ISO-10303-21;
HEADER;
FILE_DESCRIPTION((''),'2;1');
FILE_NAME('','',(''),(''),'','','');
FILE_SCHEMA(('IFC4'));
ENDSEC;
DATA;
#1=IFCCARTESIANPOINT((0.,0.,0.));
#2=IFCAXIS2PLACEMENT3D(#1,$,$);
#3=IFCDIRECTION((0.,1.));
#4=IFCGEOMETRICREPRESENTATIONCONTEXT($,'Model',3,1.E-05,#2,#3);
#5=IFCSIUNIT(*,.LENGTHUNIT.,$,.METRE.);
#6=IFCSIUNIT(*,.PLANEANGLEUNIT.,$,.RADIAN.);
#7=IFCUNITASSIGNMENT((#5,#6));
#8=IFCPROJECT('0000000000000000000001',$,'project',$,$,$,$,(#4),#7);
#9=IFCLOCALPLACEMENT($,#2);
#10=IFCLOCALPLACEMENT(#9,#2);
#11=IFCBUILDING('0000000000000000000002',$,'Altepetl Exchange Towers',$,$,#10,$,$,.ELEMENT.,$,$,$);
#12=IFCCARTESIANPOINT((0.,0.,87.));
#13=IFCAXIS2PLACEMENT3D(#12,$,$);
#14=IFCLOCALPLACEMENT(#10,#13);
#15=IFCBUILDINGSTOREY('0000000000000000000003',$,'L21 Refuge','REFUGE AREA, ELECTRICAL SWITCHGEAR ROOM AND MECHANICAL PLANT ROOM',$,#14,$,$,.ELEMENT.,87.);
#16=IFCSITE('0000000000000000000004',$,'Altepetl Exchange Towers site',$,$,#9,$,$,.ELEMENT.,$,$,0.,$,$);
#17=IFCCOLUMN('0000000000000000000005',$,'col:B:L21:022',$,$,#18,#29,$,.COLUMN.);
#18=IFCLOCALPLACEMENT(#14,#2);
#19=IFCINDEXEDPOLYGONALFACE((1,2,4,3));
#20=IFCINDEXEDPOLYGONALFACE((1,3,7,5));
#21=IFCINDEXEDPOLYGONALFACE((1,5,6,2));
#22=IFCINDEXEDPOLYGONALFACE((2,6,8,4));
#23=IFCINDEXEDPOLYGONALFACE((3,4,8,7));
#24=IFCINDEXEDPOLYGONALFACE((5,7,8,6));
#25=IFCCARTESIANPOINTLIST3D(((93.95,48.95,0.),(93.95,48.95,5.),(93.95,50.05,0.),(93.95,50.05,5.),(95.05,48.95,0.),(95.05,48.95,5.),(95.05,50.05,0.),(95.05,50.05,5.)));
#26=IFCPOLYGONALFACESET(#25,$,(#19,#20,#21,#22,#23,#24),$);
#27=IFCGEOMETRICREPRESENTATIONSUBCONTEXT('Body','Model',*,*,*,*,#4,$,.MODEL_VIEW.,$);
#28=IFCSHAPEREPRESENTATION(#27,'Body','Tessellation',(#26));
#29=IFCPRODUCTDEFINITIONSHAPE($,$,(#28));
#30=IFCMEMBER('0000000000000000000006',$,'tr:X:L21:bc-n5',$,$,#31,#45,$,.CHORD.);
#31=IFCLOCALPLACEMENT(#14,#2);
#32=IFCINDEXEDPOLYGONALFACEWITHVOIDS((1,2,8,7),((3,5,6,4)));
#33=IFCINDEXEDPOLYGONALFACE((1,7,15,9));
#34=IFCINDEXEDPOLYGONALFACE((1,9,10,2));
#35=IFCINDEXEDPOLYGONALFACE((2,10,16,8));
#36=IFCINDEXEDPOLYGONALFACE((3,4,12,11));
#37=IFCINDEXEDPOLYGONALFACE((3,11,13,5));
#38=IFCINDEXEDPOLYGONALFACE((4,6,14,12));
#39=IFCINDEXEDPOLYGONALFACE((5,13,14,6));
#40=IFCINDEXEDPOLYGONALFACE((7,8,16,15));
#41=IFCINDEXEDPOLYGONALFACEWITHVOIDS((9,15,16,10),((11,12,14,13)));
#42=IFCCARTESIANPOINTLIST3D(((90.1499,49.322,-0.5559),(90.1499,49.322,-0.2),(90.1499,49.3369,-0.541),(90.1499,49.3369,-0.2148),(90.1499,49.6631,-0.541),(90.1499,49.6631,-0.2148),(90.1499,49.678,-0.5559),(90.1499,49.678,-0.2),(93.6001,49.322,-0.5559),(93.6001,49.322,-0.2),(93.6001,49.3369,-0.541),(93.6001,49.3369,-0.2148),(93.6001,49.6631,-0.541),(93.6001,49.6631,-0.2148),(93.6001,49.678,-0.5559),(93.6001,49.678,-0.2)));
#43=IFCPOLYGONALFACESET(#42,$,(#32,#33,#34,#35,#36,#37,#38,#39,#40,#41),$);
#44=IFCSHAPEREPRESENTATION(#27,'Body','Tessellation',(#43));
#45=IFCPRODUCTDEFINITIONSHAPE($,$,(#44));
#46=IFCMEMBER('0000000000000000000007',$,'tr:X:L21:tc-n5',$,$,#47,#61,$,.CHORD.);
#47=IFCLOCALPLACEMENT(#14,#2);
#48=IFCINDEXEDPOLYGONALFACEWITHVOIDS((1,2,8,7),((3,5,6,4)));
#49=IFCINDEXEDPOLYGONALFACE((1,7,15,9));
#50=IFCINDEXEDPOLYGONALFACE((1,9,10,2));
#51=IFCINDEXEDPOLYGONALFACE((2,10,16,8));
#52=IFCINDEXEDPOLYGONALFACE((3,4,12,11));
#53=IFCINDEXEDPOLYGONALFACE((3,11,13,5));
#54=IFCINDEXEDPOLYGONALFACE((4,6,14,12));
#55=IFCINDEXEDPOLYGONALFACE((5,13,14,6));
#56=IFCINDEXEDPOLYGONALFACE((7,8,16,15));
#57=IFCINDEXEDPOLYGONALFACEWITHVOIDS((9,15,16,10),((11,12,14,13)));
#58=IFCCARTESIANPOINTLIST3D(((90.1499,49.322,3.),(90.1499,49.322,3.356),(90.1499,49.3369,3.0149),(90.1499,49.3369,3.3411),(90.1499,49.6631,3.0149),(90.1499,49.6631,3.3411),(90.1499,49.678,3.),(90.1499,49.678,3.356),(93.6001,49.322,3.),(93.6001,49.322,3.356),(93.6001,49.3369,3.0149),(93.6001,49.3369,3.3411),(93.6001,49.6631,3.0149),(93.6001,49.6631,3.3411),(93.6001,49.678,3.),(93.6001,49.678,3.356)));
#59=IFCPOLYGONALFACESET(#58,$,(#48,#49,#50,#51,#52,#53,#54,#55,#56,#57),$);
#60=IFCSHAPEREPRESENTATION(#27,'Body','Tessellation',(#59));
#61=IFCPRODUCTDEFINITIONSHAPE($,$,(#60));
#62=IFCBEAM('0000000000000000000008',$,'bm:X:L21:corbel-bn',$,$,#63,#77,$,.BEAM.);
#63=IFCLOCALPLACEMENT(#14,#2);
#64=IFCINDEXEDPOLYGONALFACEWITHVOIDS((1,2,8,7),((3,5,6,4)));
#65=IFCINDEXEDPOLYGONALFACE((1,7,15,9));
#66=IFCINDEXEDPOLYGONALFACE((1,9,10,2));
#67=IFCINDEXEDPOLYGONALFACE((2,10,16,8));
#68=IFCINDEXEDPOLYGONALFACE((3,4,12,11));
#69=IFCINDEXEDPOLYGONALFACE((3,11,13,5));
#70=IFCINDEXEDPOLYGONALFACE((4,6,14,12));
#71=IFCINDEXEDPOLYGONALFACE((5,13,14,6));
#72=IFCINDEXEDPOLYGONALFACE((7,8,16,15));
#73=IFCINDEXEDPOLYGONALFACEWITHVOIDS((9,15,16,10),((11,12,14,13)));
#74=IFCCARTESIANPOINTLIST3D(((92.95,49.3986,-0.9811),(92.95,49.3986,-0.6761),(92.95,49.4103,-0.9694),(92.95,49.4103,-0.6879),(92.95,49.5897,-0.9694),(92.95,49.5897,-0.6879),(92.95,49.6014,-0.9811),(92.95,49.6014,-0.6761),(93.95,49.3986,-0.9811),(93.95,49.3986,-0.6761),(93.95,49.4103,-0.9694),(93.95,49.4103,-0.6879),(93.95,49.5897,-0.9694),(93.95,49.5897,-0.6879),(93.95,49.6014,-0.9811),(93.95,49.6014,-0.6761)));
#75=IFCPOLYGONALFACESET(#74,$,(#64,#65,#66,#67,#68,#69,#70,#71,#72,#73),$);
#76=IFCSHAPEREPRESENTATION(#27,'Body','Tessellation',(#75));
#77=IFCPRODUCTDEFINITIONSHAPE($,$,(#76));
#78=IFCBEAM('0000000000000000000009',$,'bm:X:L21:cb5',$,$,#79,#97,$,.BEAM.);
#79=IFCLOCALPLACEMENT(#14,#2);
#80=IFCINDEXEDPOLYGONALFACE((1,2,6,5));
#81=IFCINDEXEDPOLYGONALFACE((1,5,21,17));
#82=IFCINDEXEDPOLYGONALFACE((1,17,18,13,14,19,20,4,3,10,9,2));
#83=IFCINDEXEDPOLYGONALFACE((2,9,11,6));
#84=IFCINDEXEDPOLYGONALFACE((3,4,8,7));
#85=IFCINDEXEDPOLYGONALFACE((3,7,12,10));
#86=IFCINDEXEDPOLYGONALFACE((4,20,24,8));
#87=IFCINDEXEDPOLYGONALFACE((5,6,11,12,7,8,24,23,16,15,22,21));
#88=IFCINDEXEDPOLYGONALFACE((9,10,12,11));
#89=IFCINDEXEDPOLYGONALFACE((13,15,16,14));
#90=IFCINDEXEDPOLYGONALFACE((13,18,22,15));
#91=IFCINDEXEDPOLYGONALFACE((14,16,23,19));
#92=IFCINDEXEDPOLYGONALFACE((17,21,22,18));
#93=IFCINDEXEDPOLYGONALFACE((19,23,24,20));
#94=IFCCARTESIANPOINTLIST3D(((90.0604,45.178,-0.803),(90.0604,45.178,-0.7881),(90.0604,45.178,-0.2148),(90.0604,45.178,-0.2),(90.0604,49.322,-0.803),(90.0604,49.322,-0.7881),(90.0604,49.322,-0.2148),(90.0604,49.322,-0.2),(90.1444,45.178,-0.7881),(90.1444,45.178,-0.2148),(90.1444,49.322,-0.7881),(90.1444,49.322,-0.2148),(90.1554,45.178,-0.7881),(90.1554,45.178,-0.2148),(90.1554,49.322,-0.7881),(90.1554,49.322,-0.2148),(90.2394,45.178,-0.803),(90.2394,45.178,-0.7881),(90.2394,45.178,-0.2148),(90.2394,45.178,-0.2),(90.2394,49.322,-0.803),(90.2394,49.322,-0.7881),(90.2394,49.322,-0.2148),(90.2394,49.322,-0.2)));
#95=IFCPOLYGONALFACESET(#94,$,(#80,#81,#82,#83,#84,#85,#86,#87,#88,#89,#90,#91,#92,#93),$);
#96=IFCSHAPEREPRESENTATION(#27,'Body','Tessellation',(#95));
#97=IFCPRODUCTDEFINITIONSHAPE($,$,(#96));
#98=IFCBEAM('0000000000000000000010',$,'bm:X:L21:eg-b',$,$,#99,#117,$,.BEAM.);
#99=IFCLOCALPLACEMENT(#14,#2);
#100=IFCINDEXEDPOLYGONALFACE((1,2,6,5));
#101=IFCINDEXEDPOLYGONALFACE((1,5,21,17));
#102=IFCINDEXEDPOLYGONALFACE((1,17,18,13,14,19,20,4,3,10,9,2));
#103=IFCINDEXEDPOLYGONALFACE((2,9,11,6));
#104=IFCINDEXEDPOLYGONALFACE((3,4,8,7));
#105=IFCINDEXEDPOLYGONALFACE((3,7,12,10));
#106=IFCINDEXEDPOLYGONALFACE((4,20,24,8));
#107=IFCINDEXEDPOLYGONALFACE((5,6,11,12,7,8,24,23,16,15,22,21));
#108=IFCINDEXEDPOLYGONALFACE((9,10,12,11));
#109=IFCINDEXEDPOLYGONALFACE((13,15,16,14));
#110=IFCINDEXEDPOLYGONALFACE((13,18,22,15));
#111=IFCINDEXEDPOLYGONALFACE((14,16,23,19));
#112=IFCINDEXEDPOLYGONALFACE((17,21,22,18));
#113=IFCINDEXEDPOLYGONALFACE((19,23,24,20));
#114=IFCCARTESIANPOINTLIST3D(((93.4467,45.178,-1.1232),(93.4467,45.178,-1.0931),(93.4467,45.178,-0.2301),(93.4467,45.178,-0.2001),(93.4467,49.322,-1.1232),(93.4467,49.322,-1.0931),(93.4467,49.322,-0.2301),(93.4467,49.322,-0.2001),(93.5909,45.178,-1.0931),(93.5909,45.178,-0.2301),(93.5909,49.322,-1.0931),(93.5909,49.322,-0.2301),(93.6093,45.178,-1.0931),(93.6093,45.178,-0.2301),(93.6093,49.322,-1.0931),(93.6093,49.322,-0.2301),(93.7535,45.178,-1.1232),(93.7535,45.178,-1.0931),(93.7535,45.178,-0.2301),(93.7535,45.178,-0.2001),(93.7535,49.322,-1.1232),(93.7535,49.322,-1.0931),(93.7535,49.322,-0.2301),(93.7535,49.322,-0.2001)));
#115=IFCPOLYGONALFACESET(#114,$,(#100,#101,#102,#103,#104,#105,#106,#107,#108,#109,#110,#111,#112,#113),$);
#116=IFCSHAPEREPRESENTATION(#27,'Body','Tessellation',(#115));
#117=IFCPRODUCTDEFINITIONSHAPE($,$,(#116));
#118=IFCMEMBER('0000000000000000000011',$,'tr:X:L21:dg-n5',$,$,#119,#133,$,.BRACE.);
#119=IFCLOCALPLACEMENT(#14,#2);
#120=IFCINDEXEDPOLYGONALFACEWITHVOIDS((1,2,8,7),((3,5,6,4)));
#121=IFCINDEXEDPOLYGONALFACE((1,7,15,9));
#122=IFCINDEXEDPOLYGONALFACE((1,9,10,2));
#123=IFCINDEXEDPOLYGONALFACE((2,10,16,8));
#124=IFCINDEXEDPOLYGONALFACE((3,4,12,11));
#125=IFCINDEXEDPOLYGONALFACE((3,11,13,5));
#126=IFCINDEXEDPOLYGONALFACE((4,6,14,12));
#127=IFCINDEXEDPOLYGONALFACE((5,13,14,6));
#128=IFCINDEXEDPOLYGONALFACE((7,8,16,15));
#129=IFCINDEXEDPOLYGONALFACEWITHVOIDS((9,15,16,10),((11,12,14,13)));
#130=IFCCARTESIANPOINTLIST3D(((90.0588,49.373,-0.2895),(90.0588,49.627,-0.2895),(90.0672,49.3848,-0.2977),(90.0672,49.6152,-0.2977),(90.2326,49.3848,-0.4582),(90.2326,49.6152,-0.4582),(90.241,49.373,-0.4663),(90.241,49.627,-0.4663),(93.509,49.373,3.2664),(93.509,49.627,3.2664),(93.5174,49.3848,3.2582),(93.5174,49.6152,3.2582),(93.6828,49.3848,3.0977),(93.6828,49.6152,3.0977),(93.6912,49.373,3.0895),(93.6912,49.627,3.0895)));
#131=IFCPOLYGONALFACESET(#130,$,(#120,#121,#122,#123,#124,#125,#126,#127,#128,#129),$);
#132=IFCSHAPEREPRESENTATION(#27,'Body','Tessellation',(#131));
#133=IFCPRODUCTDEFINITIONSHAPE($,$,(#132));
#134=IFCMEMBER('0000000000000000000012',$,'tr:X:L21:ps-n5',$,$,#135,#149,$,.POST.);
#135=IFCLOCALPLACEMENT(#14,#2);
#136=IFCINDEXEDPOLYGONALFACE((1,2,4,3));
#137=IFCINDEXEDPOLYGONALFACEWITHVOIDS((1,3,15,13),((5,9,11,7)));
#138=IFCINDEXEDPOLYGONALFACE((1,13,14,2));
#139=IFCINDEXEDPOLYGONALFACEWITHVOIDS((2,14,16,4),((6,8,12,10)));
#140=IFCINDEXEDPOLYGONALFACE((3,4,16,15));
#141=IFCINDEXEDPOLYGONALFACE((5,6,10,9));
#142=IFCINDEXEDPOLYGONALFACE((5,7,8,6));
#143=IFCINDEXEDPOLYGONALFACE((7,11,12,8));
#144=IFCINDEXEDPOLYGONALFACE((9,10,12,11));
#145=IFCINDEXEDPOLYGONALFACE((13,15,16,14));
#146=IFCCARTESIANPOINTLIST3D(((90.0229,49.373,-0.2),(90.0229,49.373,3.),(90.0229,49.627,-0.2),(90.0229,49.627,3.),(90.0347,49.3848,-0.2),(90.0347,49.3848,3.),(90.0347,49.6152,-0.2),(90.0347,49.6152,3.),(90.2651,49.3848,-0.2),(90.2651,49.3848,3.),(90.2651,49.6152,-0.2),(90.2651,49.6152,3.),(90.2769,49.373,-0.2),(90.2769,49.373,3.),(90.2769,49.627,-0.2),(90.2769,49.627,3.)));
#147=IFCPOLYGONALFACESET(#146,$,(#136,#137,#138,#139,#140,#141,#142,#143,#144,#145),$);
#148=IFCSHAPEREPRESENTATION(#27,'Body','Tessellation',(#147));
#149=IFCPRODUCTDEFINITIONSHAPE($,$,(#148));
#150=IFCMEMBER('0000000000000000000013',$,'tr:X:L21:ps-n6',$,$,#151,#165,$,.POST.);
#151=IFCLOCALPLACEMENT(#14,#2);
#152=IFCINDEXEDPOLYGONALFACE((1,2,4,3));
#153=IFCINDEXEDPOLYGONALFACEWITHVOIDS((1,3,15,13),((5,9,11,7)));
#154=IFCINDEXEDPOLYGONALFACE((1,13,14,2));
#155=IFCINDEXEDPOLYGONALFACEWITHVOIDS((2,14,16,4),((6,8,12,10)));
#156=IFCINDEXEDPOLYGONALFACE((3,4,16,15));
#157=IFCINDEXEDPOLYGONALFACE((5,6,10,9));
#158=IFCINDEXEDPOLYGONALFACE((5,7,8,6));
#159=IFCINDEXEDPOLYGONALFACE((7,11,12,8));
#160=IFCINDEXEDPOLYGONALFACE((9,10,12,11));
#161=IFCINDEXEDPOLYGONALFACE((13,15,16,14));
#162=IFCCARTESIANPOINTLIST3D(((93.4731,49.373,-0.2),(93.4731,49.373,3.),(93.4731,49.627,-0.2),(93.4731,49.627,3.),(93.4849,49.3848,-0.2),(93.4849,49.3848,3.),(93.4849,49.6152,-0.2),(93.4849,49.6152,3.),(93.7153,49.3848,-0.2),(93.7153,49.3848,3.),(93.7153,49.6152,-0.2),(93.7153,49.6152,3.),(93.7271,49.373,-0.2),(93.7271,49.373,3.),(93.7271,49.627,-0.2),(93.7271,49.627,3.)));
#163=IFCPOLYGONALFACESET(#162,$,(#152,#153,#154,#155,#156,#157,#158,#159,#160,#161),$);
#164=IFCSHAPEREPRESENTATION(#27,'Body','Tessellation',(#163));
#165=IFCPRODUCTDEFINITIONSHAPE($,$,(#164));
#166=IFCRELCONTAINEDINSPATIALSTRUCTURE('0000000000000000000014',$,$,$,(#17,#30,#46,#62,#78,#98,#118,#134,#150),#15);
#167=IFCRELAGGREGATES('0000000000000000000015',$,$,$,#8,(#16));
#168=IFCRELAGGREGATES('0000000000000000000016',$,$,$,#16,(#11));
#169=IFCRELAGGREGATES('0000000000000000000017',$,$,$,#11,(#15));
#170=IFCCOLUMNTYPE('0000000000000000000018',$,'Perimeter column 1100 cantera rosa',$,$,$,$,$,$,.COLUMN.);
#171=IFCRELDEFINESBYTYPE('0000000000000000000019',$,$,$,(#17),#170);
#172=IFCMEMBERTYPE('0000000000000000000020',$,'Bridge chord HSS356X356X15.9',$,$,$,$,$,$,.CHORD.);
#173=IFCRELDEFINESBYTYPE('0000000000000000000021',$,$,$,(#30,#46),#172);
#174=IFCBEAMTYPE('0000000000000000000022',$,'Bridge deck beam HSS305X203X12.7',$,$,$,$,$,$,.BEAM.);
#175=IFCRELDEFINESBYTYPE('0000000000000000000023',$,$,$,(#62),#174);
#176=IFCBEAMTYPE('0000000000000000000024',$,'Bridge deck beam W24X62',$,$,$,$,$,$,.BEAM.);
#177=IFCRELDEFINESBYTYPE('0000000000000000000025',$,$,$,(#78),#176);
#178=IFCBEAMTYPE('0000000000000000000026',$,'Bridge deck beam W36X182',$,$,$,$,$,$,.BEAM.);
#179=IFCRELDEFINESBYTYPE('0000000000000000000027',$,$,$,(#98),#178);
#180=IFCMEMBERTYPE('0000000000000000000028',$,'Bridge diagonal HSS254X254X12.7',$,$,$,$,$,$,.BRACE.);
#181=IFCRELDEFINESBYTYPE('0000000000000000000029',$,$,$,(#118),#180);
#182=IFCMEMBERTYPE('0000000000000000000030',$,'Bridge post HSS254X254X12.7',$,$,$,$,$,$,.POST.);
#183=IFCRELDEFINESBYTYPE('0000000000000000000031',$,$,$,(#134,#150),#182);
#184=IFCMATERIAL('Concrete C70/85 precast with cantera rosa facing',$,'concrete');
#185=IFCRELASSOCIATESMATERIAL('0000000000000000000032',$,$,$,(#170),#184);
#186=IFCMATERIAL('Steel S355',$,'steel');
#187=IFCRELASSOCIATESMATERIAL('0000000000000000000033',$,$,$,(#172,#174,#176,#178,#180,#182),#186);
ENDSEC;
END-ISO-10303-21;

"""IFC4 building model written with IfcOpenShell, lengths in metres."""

from ifc_helpers import new_model, si_unit, direction, frame, origin, origin_2d, place, context, subcontext, project, spatial, rectangle, hollow_rectangle, i_section, extrude, material, material_profile, profile_set, type_object, element, save


model = new_model("IFC4")

# Units and contexts
model_context = context("Model", 3, precision=1e-05, world=origin(), true_north=direction((0.0, 1.0)))
body_context = subcontext(model_context, "Body", "Model", "MODEL_VIEW")
ifc_project = project(units=[si_unit("LENGTHUNIT", "METRE"), si_unit("PLANEANGLEUNIT", "RADIAN")], contexts=[model_context])

# Site, building, storey
site_placement = place(None, origin())
site = spatial("IfcSite", under=ifc_project, at=site_placement, Name="Altepetl Exchange Towers site", CompositionType="ELEMENT", RefElevation=0.0)
building_placement = place(site_placement, origin())
building = spatial("IfcBuilding", under=site, at=building_placement, Name="Altepetl Exchange Towers", CompositionType="ELEMENT")
storey_placement = place(building_placement, frame((0.0, 0.0, 87.0)))
storey = spatial("IfcBuildingStorey", under=building, at=storey_placement, Name="L21 Refuge", Description="REFUGE AREA, ELECTRICAL SWITCHGEAR ROOM AND MECHANICAL PLANT ROOM", CompositionType="ELEMENT", Elevation=87.0)

# Column
ifc_material_1 = material(Name="Concrete C70/85 precast with cantera rosa facing", Category="concrete")
ifc_material_profile_1 = material_profile(ifc_material_1, rectangle(XDim=1.1001, YDim=1.1001, at=origin_2d()), Name="1100 x 1100")
ifc_profile_set_1 = profile_set([ifc_material_profile_1], Name="Concrete C70/85 precast with cantera rosa facing")
column_type = type_object("IfcColumnType", Name="Perimeter column 1100 cantera rosa", PredefinedType="COLUMN", material=ifc_profile_set_1)
column_placement = place(storey_placement, frame((94.5, 49.5, 0.0)))
element("IfcColumn", 1, at=column_placement, inside=storey, type_object=column_type, Name="col:B:L21:022", PredefinedType="COLUMN", context=body_context, shape_type="SweptSolid", body=[
    extrude(rectangle(XDim=1.1001, YDim=1.1001, at=origin_2d()), origin(), (0.0, 0.0, 1.0), 5.0),
])

# Members
ifc_material_2 = material(Name="Steel S355", Category="steel")
ifc_material_profile_2 = material_profile(ifc_material_2, hollow_rectangle(XDim=0.356, YDim=0.356, WallThickness=0.0149, at=origin_2d()), Name="HSS356X356X15.9")
ifc_profile_set_2 = profile_set([ifc_material_profile_2], Name="Steel S355")
member_type_1 = type_object("IfcMemberType", Name="Bridge chord HSS356X356X15.9", PredefinedType="CHORD", material=ifc_profile_set_2)
for number, where, z_axis, x_axis, name in (
    (2, (90.1499, 49.5, -0.3779), (1.0, 0.0, 0.0), (0.0, 1.0, 0.0), "tr:X:L21:bc-n5"),
    (3, (90.1499, 49.5, 3.178), (1.0, 0.0, 0.0), (0.0, 1.0, 0.0), "tr:X:L21:tc-n5"),
):
    element("IfcMember", number, at=place(storey_placement, frame(where, z_axis=z_axis, x_axis=x_axis)), inside=storey, type_object=member_type_1, Name=name, PredefinedType="CHORD", context=body_context, shape_type="SweptSolid", body=[
        extrude(hollow_rectangle(XDim=0.356, YDim=0.356, WallThickness=0.0149, at=origin_2d()), origin(), (0.0, 0.0, 1.0), 3.4502),
    ])

# Beams
ifc_material_profile_3 = material_profile(ifc_material_2, hollow_rectangle(XDim=0.2029, YDim=0.3049, WallThickness=0.0117, at=origin_2d()), Name="HSS305X203X12.7")
ifc_profile_set_3 = profile_set([ifc_material_profile_3], Name="Steel S355")
beam_type_1 = type_object("IfcBeamType", Name="Bridge deck beam HSS305X203X12.7", PredefinedType="BEAM", material=ifc_profile_set_3)
beam_1_placement = place(storey_placement, frame((93.95, 49.5, -0.8286), z_axis=(-1.0, 0.0, 0.0), x_axis=(0.0, -1.0, 0.0)))
element("IfcBeam", 4, at=beam_1_placement, inside=storey, type_object=beam_type_1, Name="bm:X:L21:corbel-bn", PredefinedType="BEAM", context=body_context, shape_type="SweptSolid", body=[
    extrude(hollow_rectangle(XDim=0.2029, YDim=0.3049, WallThickness=0.0117, at=origin_2d()), origin(), (0.0, 0.0, 1.0), 1.0),
])
ifc_material_profile_4 = material_profile(ifc_material_2, i_section(OverallWidth=0.179, OverallDepth=0.603, WebThickness=0.011, FlangeThickness=0.0149, at=origin_2d()), Name="W24X62")
ifc_profile_set_4 = profile_set([ifc_material_profile_4], Name="Steel S355")
beam_type_2 = type_object("IfcBeamType", Name="Bridge deck beam W24X62", PredefinedType="BEAM", material=ifc_profile_set_4)
beam_2_placement = place(storey_placement, frame((90.1499, 45.178, -0.5015), z_axis=(0.0, 1.0, 0.0), x_axis=(-1.0, 0.0, 0.0)))
element("IfcBeam", 5, at=beam_2_placement, inside=storey, type_object=beam_type_2, Name="bm:X:L21:cb5", PredefinedType="BEAM", context=body_context, shape_type="SweptSolid", body=[
    extrude(i_section(OverallWidth=0.179, OverallDepth=0.603, WebThickness=0.011, FlangeThickness=0.0149, at=origin_2d()), origin(), (0.0, 0.0, 1.0), 4.144),
])
ifc_material_profile_5 = material_profile(ifc_material_2, i_section(OverallWidth=0.3069, OverallDepth=0.9231, WebThickness=0.0183, FlangeThickness=0.03, at=origin_2d()), Name="W36X182")
ifc_profile_set_5 = profile_set([ifc_material_profile_5], Name="Steel S355")
beam_type_3 = type_object("IfcBeamType", Name="Bridge deck beam W36X182", PredefinedType="BEAM", material=ifc_profile_set_5)
beam_3_placement = place(storey_placement, frame((93.6001, 45.178, -0.6616), z_axis=(0.0, 1.0, 0.0), x_axis=(-1.0, 0.0, 0.0)))
element("IfcBeam", 6, at=beam_3_placement, inside=storey, type_object=beam_type_3, Name="bm:X:L21:eg-b", PredefinedType="BEAM", context=body_context, shape_type="SweptSolid", body=[
    extrude(i_section(OverallWidth=0.3069, OverallDepth=0.9231, WebThickness=0.0183, FlangeThickness=0.03, at=origin_2d()), origin(), (0.0, 0.0, 1.0), 4.144),
])

# Members
ifc_material_profile_6 = material_profile(ifc_material_2, hollow_rectangle(XDim=0.2539, YDim=0.2539, WallThickness=0.0117, at=origin_2d()), Name="HSS254X254X12.7")
ifc_profile_set_6 = profile_set([ifc_material_profile_6], Name="Steel S355")
member_type_2 = type_object("IfcMemberType", Name="Bridge diagonal HSS254X254X12.7", PredefinedType="BRACE", material=ifc_profile_set_6)
member_1_placement = place(storey_placement, frame((90.1499, 49.5, -0.3779), z_axis=(0.696358, 0.0, 0.717694), x_axis=(0.0, 1.0, 0.0)))
element("IfcMember", 7, at=member_1_placement, inside=storey, type_object=member_type_2, Name="tr:X:L21:dg-n5", PredefinedType="BRACE", context=body_context, shape_type="SweptSolid", body=[
    extrude(hollow_rectangle(XDim=0.2539, YDim=0.2539, WallThickness=0.0117, at=origin_2d()), origin(), (0.0, 0.0, 1.0), 4.9546),
])
ifc_material_profile_7 = material_profile(ifc_material_2, hollow_rectangle(XDim=0.2539, YDim=0.2539, WallThickness=0.0117, at=origin_2d()), Name="HSS254X254X12.7")
ifc_profile_set_7 = profile_set([ifc_material_profile_7], Name="Steel S355")
member_type_3 = type_object("IfcMemberType", Name="Bridge post HSS254X254X12.7", PredefinedType="POST", material=ifc_profile_set_7)
for number, where, name in (
    (8, (90.1499, 49.5, -0.2), "tr:X:L21:ps-n5"),
    (9, (93.6001, 49.5, -0.2), "tr:X:L21:ps-n6"),
):
    element("IfcMember", number, at=place(storey_placement, frame(where)), inside=storey, type_object=member_type_3, Name=name, PredefinedType="POST", context=body_context, shape_type="SweptSolid", body=[
        extrude(hollow_rectangle(XDim=0.2539, YDim=0.2539, WallThickness=0.0117, at=origin_2d()), origin(), (0.0, 0.0, 1.0), 3.2),
    ])

save(model, "model.ifc")
